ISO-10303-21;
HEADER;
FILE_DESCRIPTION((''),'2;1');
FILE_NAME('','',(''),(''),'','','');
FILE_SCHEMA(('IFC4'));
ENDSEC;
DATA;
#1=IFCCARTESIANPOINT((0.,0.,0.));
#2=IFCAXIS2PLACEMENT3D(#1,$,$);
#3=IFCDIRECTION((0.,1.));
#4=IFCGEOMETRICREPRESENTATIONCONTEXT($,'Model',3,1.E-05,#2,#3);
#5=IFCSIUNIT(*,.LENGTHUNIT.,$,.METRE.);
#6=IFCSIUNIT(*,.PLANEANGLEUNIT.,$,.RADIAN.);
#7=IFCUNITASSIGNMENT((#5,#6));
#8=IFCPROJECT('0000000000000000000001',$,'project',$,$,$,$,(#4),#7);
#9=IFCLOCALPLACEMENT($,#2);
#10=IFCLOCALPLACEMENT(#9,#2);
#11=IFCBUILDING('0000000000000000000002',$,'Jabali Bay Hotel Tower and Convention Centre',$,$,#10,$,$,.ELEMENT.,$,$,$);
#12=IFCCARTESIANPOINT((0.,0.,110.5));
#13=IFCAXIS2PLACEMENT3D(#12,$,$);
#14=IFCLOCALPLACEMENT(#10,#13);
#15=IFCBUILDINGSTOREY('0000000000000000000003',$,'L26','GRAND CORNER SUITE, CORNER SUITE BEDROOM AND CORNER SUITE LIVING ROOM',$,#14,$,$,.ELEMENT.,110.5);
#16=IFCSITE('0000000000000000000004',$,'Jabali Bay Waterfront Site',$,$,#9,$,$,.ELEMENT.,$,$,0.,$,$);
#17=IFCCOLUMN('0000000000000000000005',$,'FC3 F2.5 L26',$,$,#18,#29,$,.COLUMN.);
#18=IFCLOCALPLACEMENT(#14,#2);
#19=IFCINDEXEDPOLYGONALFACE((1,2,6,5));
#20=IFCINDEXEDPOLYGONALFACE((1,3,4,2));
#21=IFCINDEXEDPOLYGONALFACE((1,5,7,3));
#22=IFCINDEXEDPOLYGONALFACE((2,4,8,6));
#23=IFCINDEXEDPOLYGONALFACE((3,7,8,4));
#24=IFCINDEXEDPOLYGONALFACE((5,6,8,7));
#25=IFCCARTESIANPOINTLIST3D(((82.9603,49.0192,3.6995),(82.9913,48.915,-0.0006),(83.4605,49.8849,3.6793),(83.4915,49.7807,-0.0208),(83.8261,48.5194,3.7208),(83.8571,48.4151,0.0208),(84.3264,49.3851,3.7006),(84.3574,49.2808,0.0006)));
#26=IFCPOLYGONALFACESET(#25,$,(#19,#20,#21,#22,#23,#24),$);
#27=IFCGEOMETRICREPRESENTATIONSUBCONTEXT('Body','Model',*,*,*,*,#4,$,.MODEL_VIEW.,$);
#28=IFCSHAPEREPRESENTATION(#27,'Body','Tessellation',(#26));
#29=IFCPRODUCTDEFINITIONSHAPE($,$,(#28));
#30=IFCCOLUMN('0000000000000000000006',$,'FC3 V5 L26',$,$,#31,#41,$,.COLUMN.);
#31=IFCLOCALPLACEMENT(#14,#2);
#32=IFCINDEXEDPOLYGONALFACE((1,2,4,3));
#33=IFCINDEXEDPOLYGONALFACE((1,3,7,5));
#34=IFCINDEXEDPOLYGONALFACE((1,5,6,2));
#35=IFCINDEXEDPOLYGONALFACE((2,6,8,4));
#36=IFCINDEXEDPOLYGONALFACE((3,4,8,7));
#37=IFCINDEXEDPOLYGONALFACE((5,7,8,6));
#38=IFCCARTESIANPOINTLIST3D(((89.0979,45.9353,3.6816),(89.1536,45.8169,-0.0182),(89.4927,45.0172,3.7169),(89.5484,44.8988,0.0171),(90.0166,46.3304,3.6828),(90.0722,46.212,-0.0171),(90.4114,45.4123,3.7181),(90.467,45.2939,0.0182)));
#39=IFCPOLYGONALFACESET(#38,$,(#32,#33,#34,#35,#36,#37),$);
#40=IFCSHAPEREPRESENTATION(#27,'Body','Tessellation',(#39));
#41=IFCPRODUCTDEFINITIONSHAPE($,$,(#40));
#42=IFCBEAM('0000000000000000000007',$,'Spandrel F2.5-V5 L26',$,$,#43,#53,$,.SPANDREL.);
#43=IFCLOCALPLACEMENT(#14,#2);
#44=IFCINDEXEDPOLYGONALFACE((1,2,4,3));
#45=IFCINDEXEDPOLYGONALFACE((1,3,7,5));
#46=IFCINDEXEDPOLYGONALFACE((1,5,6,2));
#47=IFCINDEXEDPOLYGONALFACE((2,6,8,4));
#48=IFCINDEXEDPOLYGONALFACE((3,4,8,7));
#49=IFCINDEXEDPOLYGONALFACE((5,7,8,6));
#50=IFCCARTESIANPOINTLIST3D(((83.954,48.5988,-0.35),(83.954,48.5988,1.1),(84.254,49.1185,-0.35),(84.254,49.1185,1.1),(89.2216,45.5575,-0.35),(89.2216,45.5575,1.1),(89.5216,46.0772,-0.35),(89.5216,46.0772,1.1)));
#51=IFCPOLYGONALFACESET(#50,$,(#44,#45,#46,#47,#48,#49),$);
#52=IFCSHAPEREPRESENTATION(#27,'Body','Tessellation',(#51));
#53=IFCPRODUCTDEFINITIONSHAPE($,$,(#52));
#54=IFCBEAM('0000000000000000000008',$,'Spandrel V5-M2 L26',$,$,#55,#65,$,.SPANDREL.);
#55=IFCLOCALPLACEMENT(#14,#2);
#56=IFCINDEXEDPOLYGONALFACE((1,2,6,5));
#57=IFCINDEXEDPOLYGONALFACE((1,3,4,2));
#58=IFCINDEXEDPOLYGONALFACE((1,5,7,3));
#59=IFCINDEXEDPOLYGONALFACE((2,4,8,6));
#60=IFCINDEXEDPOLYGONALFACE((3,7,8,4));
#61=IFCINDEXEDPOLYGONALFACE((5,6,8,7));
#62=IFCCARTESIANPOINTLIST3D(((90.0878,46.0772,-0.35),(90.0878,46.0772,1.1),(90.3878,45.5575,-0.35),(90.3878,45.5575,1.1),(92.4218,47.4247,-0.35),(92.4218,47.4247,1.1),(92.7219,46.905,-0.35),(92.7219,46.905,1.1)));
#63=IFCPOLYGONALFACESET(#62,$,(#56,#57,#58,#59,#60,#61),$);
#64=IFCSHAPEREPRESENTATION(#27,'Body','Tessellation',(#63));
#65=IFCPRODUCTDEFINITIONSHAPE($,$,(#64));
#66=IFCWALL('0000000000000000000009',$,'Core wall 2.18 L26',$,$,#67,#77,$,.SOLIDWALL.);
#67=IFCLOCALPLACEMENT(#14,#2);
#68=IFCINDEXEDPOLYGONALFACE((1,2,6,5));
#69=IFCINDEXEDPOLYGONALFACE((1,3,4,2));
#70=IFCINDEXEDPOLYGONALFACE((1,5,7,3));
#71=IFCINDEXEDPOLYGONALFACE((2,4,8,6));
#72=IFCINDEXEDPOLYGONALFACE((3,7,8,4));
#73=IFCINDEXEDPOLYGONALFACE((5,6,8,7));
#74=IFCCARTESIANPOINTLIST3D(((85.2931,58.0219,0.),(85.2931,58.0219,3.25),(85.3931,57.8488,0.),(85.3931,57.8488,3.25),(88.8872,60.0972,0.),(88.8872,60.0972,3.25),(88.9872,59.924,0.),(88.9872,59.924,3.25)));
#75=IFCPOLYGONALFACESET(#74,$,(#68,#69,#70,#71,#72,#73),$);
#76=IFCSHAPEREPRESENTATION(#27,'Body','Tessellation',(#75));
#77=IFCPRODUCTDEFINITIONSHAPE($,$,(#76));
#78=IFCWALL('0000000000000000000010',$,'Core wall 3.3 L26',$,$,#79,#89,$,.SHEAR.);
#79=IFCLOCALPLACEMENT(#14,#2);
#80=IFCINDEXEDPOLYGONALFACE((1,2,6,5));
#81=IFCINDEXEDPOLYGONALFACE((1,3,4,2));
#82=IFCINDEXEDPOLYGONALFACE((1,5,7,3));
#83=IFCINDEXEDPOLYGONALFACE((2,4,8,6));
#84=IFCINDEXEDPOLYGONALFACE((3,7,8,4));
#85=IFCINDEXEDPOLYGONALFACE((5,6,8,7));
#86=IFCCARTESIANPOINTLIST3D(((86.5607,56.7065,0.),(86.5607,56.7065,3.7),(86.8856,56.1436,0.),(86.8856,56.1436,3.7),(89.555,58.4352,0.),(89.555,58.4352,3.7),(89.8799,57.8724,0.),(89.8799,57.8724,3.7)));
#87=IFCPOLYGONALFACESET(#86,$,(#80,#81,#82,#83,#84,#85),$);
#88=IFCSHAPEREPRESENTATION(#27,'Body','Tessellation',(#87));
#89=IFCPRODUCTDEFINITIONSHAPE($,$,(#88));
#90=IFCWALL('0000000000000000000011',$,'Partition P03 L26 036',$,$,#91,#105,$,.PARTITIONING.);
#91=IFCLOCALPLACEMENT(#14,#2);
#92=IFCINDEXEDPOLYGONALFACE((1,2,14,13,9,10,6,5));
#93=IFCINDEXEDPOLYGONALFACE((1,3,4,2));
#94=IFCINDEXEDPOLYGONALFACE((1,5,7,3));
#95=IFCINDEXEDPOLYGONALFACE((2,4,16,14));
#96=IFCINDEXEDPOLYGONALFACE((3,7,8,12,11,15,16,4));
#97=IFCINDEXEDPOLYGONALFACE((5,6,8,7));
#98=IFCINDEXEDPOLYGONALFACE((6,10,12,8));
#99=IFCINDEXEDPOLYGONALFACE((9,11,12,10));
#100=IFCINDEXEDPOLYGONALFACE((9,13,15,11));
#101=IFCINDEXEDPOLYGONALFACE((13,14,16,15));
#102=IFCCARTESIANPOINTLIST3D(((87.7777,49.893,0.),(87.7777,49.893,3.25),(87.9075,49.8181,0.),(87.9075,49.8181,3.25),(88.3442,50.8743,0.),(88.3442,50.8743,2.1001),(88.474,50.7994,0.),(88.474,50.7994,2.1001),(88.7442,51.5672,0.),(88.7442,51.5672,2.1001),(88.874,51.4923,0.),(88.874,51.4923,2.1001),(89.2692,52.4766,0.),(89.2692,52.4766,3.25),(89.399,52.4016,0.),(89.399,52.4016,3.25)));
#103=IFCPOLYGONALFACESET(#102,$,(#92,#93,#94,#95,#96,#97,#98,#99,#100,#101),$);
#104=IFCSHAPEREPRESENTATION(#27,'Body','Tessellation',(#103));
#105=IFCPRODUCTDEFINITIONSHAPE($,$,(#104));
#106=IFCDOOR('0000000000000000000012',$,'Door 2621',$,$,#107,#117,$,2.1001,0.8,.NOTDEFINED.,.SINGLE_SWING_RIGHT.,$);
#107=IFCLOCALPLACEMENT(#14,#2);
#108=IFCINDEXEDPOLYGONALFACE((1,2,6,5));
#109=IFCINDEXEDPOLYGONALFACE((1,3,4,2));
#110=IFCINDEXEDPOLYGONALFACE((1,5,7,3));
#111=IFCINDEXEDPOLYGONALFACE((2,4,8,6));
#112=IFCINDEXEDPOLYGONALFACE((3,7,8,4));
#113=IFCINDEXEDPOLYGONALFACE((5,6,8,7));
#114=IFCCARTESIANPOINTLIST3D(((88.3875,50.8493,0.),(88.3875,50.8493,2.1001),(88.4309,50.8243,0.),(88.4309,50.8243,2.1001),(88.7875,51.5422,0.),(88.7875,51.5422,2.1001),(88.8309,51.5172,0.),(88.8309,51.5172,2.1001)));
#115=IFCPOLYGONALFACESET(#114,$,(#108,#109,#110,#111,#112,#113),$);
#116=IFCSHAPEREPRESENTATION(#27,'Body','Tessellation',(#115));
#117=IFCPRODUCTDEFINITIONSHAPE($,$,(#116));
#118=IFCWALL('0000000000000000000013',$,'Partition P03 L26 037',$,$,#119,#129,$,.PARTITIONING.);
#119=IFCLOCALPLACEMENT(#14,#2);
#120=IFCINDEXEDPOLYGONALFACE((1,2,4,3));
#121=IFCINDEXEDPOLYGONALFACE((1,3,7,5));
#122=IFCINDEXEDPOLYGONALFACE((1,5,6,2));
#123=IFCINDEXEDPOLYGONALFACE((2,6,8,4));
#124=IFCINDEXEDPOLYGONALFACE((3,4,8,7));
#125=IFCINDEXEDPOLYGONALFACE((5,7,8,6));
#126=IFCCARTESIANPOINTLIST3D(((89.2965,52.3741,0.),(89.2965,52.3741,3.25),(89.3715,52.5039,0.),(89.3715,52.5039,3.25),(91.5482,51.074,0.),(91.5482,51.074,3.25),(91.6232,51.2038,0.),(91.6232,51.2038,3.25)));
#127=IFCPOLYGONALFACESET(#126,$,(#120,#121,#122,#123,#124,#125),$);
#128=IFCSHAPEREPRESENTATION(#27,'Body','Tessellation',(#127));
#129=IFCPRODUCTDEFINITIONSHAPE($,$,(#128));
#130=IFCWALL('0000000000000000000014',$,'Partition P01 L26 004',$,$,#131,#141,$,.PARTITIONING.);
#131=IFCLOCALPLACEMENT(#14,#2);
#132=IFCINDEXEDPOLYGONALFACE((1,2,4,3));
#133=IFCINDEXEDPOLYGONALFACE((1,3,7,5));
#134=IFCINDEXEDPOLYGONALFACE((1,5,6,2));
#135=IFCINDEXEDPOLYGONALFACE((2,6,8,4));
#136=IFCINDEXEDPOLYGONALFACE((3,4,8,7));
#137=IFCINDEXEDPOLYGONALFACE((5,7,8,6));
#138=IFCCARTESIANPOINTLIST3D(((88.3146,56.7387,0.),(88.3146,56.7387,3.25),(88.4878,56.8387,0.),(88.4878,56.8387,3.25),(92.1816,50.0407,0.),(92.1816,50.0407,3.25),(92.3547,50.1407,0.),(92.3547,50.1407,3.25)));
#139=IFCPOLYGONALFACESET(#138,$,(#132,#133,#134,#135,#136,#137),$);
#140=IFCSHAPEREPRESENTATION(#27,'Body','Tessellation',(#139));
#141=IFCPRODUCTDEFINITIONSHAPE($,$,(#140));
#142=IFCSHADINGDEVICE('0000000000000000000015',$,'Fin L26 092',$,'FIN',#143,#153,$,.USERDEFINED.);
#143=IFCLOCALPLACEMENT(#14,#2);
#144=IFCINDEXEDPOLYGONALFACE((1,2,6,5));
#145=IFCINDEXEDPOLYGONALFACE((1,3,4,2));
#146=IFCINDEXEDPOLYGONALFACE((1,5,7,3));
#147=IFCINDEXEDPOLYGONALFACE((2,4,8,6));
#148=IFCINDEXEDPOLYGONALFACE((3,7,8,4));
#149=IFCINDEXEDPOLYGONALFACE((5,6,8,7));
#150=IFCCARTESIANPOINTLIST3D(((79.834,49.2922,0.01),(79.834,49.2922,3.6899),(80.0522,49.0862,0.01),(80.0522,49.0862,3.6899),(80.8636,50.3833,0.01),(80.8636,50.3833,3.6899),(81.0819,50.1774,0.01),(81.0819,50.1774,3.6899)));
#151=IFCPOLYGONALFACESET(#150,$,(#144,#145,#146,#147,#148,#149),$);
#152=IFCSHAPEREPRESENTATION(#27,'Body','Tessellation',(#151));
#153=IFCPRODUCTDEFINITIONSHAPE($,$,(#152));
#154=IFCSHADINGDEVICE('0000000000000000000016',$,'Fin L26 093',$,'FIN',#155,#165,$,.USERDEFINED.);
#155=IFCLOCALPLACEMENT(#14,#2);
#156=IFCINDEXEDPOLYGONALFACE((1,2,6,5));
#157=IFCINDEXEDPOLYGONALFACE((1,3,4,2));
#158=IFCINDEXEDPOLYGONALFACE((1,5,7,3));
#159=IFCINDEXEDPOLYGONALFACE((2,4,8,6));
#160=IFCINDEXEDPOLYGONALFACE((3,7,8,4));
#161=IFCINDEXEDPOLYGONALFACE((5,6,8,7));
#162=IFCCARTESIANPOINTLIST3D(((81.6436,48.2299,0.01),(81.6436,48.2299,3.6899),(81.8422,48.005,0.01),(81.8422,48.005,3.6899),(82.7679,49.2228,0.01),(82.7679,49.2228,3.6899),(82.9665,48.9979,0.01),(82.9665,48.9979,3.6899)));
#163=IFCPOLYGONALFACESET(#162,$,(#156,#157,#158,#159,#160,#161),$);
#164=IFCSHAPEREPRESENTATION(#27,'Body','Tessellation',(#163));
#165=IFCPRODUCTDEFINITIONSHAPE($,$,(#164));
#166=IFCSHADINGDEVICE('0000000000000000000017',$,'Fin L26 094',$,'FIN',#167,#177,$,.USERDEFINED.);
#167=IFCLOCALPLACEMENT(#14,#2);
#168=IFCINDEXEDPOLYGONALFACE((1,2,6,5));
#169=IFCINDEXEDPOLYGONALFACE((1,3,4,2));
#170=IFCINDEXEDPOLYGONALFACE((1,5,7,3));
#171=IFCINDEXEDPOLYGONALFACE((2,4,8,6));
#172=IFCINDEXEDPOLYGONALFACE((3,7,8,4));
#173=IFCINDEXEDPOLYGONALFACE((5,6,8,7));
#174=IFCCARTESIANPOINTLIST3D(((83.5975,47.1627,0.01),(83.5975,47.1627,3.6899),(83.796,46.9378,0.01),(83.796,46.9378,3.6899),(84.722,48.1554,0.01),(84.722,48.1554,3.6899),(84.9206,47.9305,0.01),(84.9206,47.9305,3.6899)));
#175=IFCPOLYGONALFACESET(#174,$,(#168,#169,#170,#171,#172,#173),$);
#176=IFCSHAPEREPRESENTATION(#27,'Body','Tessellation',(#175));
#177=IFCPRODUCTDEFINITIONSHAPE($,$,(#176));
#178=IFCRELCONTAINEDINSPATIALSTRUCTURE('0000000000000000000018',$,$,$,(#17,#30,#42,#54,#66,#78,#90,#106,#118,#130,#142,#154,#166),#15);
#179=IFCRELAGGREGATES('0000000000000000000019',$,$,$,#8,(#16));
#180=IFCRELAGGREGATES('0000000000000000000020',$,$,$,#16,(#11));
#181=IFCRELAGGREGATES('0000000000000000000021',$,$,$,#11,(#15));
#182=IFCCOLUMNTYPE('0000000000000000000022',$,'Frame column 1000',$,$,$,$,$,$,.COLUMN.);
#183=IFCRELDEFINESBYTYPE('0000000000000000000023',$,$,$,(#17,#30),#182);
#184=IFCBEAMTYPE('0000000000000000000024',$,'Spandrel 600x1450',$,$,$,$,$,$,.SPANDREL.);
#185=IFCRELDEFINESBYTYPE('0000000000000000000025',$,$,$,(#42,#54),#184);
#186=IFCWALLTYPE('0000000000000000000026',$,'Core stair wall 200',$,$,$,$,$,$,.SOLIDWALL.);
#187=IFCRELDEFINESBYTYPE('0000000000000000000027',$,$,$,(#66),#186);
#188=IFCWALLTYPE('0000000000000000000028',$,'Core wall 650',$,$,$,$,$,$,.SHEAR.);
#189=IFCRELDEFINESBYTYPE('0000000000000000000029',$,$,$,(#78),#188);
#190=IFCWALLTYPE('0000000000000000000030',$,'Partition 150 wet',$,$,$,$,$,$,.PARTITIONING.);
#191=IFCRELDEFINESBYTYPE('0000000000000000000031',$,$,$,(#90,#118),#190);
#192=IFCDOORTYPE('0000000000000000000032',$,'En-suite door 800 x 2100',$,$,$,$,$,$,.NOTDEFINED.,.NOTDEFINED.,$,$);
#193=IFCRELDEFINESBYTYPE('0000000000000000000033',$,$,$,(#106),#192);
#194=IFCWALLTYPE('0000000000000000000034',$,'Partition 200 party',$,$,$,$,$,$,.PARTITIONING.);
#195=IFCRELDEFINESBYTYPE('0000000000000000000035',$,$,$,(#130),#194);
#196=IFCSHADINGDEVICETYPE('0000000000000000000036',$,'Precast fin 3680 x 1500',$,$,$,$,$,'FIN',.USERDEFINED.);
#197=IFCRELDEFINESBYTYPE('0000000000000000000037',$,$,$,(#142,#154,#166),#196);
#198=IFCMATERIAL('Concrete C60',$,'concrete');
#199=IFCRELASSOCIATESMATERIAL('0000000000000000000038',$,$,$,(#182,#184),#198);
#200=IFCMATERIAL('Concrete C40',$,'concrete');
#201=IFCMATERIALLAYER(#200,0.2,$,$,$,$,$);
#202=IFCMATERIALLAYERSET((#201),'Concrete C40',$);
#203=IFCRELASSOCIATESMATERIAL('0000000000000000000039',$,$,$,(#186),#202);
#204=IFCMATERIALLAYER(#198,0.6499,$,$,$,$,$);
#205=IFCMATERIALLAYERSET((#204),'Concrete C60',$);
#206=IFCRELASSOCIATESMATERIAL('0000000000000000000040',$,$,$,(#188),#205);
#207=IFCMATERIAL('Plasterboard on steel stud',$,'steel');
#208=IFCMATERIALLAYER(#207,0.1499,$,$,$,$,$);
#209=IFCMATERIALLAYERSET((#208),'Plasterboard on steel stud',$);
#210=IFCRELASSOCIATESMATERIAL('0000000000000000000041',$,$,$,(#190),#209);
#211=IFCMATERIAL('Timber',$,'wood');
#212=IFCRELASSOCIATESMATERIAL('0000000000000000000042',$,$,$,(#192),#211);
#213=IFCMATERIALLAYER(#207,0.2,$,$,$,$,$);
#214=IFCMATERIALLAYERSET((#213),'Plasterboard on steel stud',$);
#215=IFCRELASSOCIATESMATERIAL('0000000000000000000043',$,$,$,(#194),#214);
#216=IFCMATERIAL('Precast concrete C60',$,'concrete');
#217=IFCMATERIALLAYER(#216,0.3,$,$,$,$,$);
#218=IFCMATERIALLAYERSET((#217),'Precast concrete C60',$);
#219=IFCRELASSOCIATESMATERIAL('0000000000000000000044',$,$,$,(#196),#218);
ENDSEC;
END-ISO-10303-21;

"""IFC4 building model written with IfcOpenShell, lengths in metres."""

from ifc_helpers import new_model, si_unit, direction, frame, frame_2d, origin, origin_2d, place, context, subcontext, project, spatial, rectangle, extrude, material, layer, layer_set, material_profile, profile_set, type_object, element, fill, save


model = new_model("IFC4")

# Units and contexts
model_context = context("Model", 3, precision=1e-05, world=origin(), true_north=direction((0.0, 1.0)))
body_context = subcontext(model_context, "Body", "Model", "MODEL_VIEW")
ifc_project = project(units=[si_unit("LENGTHUNIT", "METRE"), si_unit("PLANEANGLEUNIT", "RADIAN")], contexts=[model_context])

# Site, building, storey
site_placement = place(None, origin())
site = spatial("IfcSite", under=ifc_project, at=site_placement, Name="Jabali Bay Waterfront Site", CompositionType="ELEMENT", RefElevation=0.0)
building_placement = place(site_placement, origin())
building = spatial("IfcBuilding", under=site, at=building_placement, Name="Jabali Bay Hotel Tower and Convention Centre", CompositionType="ELEMENT")
storey_placement = place(building_placement, frame((0.0, 0.0, 110.5)))
storey = spatial("IfcBuildingStorey", under=building, at=storey_placement, Name="L26", Description="GRAND CORNER SUITE, CORNER SUITE BEDROOM AND CORNER SUITE LIVING ROOM", CompositionType="ELEMENT", Elevation=110.5)

# Columns
ifc_material_1 = material(Name="Concrete C60", Category="concrete")
ifc_material_profile_1 = material_profile(ifc_material_1, rectangle(XDim=1.0, YDim=1.0, at=origin_2d()), Name="Frame column 1000")
ifc_profile_set_1 = profile_set([ifc_material_profile_1], Name="Concrete C60")
column_type = type_object("IfcColumnType", Name="Frame column 1000", PredefinedType="COLUMN", material=ifc_profile_set_1)
column_1_placement = place(storey_placement, frame((83.6743, 49.0979, 0.0), z_axis=(-0.008376, 0.028163, 0.999568), x_axis=(-0.50023, -0.865657, 0.020198)))
element("IfcColumn", 1, at=column_1_placement, inside=storey, type_object=column_type, Name="FC3 F2.5 L26", PredefinedType="COLUMN", context=body_context, shape_type="SweptSolid", body=[
    extrude(rectangle(XDim=1.0, YDim=1.0, at=origin_2d()), origin(), (0.0, 0.0, 1.0), 3.7017),
])
column_2_placement = place(storey_placement, frame((89.8103, 45.5554, 0.0), z_axis=(-0.015035, 0.031983, 0.999375), x_axis=(0.394814, -0.918082, 0.035321)))
element("IfcColumn", 2, at=column_2_placement, inside=storey, type_object=column_type, Name="FC3 V5 L26", PredefinedType="COLUMN", context=body_context, shape_type="SweptSolid", body=[
    extrude(rectangle(XDim=1.0, YDim=1.0, at=origin_2d()), origin(), (0.0, 0.0, 1.0), 3.7021),
])

# Beams
ifc_material_profile_2 = material_profile(ifc_material_1, rectangle(XDim=0.6001, YDim=1.45, at=origin_2d()), Name="Spandrel 600x1450")
ifc_profile_set_2 = profile_set([ifc_material_profile_2], Name="Concrete C60")
beam_type = type_object("IfcBeamType", Name="Spandrel 600x1450", PredefinedType="SPANDREL", material=ifc_profile_set_2)
beam_1_placement = place(storey_placement, frame((84.104, 48.8586, 0.375), z_axis=(0.866024, -0.500003, 0.0), x_axis=(0.500003, 0.866024, 0.0)))
element("IfcBeam", 3, at=beam_1_placement, inside=storey, type_object=beam_type, Name="Spandrel F2.5-V5 L26", PredefinedType="SPANDREL", context=body_context, shape_type="SweptSolid", body=[
    extrude(rectangle(XDim=0.6001, YDim=1.45, at=origin_2d()), origin(), (0.0, 0.0, 1.0), 6.0825),
])
beam_2_placement = place(storey_placement, frame((90.2378, 45.8174, 0.375), z_axis=(0.866044, 0.499968, 0.0), x_axis=(-0.499968, 0.866044, 0.0)))
element("IfcBeam", 4, at=beam_2_placement, inside=storey, type_object=beam_type, Name="Spandrel V5-M2 L26", PredefinedType="SPANDREL", context=body_context, shape_type="SweptSolid", body=[
    extrude(rectangle(XDim=0.6001, YDim=1.45, at=origin_2d()), origin(), (0.0, 0.0, 1.0), 2.6951),
])

# Walls
ifc_material_2 = material(Name="Concrete C40", Category="concrete")
ifc_layer_1 = layer(ifc_material_2, 0.2)
ifc_layer_set_1 = layer_set([ifc_layer_1], Name="Concrete C40")
wall_type_1 = type_object("IfcWallType", Name="Core stair wall 200", PredefinedType="SOLIDWALL", material=ifc_layer_set_1)
wall_1_placement = place(storey_placement, frame((85.343, 57.9353, 0.0), z_axis=(0.0, 0.0, 1.0), x_axis=(0.866004, 0.500036, 0.0)))
element("IfcWall", 5, at=wall_1_placement, inside=storey, type_object=wall_type_1, Name="Core wall 2.18 L26", PredefinedType="SOLIDWALL", context=body_context, shape_type="SweptSolid", body=[
    extrude(rectangle(XDim=4.1501, YDim=0.2, at=frame_2d((2.0752, 0.0))), origin(), (0.0, 0.0, 1.0), 3.25),
])
ifc_layer_2 = layer(ifc_material_1, 0.6499)
ifc_layer_set_2 = layer_set([ifc_layer_2], Name="Concrete C60")
wall_type_2 = type_object("IfcWallType", Name="Core wall 650", PredefinedType="SHEAR", material=ifc_layer_set_2)
wall_2_placement = place(storey_placement, frame((86.7231, 56.425, 0.0), z_axis=(0.0, 0.0, 1.0), x_axis=(0.866032, 0.499989, 0.0)))
element("IfcWall", 6, at=wall_2_placement, inside=storey, type_object=wall_type_2, Name="Core wall 3.3 L26", PredefinedType="SHEAR", context=body_context, shape_type="SweptSolid", body=[
    extrude(rectangle(XDim=3.4575, YDim=0.6499, at=frame_2d((1.7288, 0.0))), origin(), (0.0, 0.0, 1.0), 3.7),
])

# Wall, opening, door
ifc_material_3 = material(Name="Plasterboard on steel stud", Category="steel")
ifc_layer_3 = layer(ifc_material_3, 0.1499)
ifc_layer_set_3 = layer_set([ifc_layer_3], Name="Plasterboard on steel stud")
wall_type_3 = type_object("IfcWallType", Name="Partition 150 wet", PredefinedType="PARTITIONING", material=ifc_layer_set_3)
wall_3_placement = place(storey_placement, frame((87.8425, 49.8555, 0.0), z_axis=(0.0, 0.0, 1.0), x_axis=(0.499968, 0.866044, 0.0)))
wall_3 = element("IfcWall", 7, at=wall_3_placement, inside=storey, type_object=wall_type_3, Name="Partition P03 L26 036", PredefinedType="PARTITIONING", context=body_context, shape_type="SweptSolid", body=[
    extrude(rectangle(XDim=2.9832, YDim=0.1499, at=frame_2d((1.4917, 0.0))), origin(), (0.0, 0.0, 1.0), 3.25),
])
opening_1_placement = place(wall_3_placement, frame((1.1333, 0.0, 0.0)))
opening_1 = element("IfcOpeningElement", 8, at=opening_1_placement, cuts=wall_3, PredefinedType="OPENING", context=body_context, shape_type="SweptSolid", body=[
    extrude(rectangle(XDim=0.8, YDim=2.1001, at=frame_2d((0.3999, 1.05))), frame((0.0, 0.0854, 0.0), z_axis=(0.0, -1.0, 0.0), x_axis=(1.0, 0.0, 0.0)), (0.0, 0.0, 1.0), 0.1709),
])
ifc_material_4 = material(Name="Timber", Category="wood")
door_type_1 = type_object("IfcDoorType", Name="En-suite door 800 x 2100", OperationType="NOTDEFINED", PredefinedType="NOTDEFINED", material=ifc_material_4)
door_1_placement = place(opening_1_placement, origin())
door_1 = element("IfcDoor", 9, at=door_1_placement, inside=storey, type_object=door_type_1, Name="Door 2621", OperationType="SINGLE_SWING_RIGHT", OverallHeight=2.1001, OverallWidth=0.8, PredefinedType="NOTDEFINED", context=body_context, shape_type="SweptSolid", body=[
    extrude(rectangle(XDim=0.8, YDim=2.1001, at=frame_2d((0.3999, 1.05))), frame((0.0, 0.0249, 0.0), z_axis=(0.0, -1.0, 0.0), x_axis=(1.0, 0.0, 0.0)), (0.0, 0.0, 1.0), 0.05),
])
fill(opening_1, door_1)

# Walls
wall_4_placement = place(storey_placement, frame((89.334, 52.439, 0.0), z_axis=(0.0, 0.0, 1.0), x_axis=(0.866021, -0.500007, 0.0)))
element("IfcWall", 10, at=wall_4_placement, inside=storey, type_object=wall_type_3, Name="Partition P03 L26 037", PredefinedType="PARTITIONING", context=body_context, shape_type="SweptSolid", body=[
    extrude(rectangle(XDim=2.6001, YDim=0.1499, at=frame_2d((1.3, 0.0))), origin(), (0.0, 0.0, 1.0), 3.25),
])
ifc_layer_4 = layer(ifc_material_3, 0.2)
ifc_layer_set_4 = layer_set([ifc_layer_4], Name="Plasterboard on steel stud")
wall_type_4 = type_object("IfcWallType", Name="Partition 200 party", PredefinedType="PARTITIONING", material=ifc_layer_set_4)
wall_5_placement = place(storey_placement, frame((88.4011, 56.7888, 0.0), z_axis=(0.0, 0.0, 1.0), x_axis=(0.499986, -0.866034, 0.0)))
element("IfcWall", 11, at=wall_5_placement, inside=storey, type_object=wall_type_4, Name="Partition P01 L26 004", PredefinedType="PARTITIONING", context=body_context, shape_type="SweptSolid", body=[
    extrude(rectangle(XDim=7.7341, YDim=0.2, at=frame_2d((3.8672, 0.0))), origin(), (0.0, 0.0, 1.0), 3.25),
])

# Shading devices
ifc_material_5 = material(Name="Precast concrete C60", Category="concrete")
ifc_layer_5 = layer(ifc_material_5, 0.3)
ifc_layer_set_5 = layer_set([ifc_layer_5], Name="Precast concrete C60")
shading_device_type = type_object("IfcShadingDeviceType", Name="Precast fin 3680 x 1500", ElementType="FIN", PredefinedType="USERDEFINED", material=ifc_layer_set_5)
shading_device_1_placement = place(storey_placement, frame((80.9727, 50.2803, 0.01), z_axis=(0.0, 0.0, 1.0), x_axis=(-0.686303, -0.727315, 0.0)))
element("IfcShadingDevice", 12, at=shading_device_1_placement, inside=storey, type_object=shading_device_type, Name="Fin L26 092", ObjectType="FIN", PredefinedType="USERDEFINED", context=body_context, shape_type="SweptSolid", body=[
    extrude(rectangle(XDim=1.5002, YDim=0.3, at=frame_2d((0.75, 0.0))), origin(), (0.0, 0.0, 1.0), 3.6799),
])
for number, where, z_axis, x_axis, name in (
    (13, (82.8672, 49.1104, 0.01), (0.0, 0.0, 1.0), (-0.749534, -0.661966, 0.0), "Fin L26 093"),
    (14, (84.8213, 48.043, 0.01), (0.0, 0.0, 1.0), (-0.749686, -0.661794, 0.0), "Fin L26 094"),
):
    element("IfcShadingDevice", number, at=place(storey_placement, frame(where, z_axis=z_axis, x_axis=x_axis)), inside=storey, type_object=shading_device_type, Name=name, ObjectType="FIN", PredefinedType="USERDEFINED", context=body_context, shape_type="SweptSolid", body=[
        extrude(rectangle(XDim=1.5, YDim=0.3, at=frame_2d((0.75, 0.0))), origin(), (0.0, 0.0, 1.0), 3.6799),
    ])

save(model, "model.ifc")
